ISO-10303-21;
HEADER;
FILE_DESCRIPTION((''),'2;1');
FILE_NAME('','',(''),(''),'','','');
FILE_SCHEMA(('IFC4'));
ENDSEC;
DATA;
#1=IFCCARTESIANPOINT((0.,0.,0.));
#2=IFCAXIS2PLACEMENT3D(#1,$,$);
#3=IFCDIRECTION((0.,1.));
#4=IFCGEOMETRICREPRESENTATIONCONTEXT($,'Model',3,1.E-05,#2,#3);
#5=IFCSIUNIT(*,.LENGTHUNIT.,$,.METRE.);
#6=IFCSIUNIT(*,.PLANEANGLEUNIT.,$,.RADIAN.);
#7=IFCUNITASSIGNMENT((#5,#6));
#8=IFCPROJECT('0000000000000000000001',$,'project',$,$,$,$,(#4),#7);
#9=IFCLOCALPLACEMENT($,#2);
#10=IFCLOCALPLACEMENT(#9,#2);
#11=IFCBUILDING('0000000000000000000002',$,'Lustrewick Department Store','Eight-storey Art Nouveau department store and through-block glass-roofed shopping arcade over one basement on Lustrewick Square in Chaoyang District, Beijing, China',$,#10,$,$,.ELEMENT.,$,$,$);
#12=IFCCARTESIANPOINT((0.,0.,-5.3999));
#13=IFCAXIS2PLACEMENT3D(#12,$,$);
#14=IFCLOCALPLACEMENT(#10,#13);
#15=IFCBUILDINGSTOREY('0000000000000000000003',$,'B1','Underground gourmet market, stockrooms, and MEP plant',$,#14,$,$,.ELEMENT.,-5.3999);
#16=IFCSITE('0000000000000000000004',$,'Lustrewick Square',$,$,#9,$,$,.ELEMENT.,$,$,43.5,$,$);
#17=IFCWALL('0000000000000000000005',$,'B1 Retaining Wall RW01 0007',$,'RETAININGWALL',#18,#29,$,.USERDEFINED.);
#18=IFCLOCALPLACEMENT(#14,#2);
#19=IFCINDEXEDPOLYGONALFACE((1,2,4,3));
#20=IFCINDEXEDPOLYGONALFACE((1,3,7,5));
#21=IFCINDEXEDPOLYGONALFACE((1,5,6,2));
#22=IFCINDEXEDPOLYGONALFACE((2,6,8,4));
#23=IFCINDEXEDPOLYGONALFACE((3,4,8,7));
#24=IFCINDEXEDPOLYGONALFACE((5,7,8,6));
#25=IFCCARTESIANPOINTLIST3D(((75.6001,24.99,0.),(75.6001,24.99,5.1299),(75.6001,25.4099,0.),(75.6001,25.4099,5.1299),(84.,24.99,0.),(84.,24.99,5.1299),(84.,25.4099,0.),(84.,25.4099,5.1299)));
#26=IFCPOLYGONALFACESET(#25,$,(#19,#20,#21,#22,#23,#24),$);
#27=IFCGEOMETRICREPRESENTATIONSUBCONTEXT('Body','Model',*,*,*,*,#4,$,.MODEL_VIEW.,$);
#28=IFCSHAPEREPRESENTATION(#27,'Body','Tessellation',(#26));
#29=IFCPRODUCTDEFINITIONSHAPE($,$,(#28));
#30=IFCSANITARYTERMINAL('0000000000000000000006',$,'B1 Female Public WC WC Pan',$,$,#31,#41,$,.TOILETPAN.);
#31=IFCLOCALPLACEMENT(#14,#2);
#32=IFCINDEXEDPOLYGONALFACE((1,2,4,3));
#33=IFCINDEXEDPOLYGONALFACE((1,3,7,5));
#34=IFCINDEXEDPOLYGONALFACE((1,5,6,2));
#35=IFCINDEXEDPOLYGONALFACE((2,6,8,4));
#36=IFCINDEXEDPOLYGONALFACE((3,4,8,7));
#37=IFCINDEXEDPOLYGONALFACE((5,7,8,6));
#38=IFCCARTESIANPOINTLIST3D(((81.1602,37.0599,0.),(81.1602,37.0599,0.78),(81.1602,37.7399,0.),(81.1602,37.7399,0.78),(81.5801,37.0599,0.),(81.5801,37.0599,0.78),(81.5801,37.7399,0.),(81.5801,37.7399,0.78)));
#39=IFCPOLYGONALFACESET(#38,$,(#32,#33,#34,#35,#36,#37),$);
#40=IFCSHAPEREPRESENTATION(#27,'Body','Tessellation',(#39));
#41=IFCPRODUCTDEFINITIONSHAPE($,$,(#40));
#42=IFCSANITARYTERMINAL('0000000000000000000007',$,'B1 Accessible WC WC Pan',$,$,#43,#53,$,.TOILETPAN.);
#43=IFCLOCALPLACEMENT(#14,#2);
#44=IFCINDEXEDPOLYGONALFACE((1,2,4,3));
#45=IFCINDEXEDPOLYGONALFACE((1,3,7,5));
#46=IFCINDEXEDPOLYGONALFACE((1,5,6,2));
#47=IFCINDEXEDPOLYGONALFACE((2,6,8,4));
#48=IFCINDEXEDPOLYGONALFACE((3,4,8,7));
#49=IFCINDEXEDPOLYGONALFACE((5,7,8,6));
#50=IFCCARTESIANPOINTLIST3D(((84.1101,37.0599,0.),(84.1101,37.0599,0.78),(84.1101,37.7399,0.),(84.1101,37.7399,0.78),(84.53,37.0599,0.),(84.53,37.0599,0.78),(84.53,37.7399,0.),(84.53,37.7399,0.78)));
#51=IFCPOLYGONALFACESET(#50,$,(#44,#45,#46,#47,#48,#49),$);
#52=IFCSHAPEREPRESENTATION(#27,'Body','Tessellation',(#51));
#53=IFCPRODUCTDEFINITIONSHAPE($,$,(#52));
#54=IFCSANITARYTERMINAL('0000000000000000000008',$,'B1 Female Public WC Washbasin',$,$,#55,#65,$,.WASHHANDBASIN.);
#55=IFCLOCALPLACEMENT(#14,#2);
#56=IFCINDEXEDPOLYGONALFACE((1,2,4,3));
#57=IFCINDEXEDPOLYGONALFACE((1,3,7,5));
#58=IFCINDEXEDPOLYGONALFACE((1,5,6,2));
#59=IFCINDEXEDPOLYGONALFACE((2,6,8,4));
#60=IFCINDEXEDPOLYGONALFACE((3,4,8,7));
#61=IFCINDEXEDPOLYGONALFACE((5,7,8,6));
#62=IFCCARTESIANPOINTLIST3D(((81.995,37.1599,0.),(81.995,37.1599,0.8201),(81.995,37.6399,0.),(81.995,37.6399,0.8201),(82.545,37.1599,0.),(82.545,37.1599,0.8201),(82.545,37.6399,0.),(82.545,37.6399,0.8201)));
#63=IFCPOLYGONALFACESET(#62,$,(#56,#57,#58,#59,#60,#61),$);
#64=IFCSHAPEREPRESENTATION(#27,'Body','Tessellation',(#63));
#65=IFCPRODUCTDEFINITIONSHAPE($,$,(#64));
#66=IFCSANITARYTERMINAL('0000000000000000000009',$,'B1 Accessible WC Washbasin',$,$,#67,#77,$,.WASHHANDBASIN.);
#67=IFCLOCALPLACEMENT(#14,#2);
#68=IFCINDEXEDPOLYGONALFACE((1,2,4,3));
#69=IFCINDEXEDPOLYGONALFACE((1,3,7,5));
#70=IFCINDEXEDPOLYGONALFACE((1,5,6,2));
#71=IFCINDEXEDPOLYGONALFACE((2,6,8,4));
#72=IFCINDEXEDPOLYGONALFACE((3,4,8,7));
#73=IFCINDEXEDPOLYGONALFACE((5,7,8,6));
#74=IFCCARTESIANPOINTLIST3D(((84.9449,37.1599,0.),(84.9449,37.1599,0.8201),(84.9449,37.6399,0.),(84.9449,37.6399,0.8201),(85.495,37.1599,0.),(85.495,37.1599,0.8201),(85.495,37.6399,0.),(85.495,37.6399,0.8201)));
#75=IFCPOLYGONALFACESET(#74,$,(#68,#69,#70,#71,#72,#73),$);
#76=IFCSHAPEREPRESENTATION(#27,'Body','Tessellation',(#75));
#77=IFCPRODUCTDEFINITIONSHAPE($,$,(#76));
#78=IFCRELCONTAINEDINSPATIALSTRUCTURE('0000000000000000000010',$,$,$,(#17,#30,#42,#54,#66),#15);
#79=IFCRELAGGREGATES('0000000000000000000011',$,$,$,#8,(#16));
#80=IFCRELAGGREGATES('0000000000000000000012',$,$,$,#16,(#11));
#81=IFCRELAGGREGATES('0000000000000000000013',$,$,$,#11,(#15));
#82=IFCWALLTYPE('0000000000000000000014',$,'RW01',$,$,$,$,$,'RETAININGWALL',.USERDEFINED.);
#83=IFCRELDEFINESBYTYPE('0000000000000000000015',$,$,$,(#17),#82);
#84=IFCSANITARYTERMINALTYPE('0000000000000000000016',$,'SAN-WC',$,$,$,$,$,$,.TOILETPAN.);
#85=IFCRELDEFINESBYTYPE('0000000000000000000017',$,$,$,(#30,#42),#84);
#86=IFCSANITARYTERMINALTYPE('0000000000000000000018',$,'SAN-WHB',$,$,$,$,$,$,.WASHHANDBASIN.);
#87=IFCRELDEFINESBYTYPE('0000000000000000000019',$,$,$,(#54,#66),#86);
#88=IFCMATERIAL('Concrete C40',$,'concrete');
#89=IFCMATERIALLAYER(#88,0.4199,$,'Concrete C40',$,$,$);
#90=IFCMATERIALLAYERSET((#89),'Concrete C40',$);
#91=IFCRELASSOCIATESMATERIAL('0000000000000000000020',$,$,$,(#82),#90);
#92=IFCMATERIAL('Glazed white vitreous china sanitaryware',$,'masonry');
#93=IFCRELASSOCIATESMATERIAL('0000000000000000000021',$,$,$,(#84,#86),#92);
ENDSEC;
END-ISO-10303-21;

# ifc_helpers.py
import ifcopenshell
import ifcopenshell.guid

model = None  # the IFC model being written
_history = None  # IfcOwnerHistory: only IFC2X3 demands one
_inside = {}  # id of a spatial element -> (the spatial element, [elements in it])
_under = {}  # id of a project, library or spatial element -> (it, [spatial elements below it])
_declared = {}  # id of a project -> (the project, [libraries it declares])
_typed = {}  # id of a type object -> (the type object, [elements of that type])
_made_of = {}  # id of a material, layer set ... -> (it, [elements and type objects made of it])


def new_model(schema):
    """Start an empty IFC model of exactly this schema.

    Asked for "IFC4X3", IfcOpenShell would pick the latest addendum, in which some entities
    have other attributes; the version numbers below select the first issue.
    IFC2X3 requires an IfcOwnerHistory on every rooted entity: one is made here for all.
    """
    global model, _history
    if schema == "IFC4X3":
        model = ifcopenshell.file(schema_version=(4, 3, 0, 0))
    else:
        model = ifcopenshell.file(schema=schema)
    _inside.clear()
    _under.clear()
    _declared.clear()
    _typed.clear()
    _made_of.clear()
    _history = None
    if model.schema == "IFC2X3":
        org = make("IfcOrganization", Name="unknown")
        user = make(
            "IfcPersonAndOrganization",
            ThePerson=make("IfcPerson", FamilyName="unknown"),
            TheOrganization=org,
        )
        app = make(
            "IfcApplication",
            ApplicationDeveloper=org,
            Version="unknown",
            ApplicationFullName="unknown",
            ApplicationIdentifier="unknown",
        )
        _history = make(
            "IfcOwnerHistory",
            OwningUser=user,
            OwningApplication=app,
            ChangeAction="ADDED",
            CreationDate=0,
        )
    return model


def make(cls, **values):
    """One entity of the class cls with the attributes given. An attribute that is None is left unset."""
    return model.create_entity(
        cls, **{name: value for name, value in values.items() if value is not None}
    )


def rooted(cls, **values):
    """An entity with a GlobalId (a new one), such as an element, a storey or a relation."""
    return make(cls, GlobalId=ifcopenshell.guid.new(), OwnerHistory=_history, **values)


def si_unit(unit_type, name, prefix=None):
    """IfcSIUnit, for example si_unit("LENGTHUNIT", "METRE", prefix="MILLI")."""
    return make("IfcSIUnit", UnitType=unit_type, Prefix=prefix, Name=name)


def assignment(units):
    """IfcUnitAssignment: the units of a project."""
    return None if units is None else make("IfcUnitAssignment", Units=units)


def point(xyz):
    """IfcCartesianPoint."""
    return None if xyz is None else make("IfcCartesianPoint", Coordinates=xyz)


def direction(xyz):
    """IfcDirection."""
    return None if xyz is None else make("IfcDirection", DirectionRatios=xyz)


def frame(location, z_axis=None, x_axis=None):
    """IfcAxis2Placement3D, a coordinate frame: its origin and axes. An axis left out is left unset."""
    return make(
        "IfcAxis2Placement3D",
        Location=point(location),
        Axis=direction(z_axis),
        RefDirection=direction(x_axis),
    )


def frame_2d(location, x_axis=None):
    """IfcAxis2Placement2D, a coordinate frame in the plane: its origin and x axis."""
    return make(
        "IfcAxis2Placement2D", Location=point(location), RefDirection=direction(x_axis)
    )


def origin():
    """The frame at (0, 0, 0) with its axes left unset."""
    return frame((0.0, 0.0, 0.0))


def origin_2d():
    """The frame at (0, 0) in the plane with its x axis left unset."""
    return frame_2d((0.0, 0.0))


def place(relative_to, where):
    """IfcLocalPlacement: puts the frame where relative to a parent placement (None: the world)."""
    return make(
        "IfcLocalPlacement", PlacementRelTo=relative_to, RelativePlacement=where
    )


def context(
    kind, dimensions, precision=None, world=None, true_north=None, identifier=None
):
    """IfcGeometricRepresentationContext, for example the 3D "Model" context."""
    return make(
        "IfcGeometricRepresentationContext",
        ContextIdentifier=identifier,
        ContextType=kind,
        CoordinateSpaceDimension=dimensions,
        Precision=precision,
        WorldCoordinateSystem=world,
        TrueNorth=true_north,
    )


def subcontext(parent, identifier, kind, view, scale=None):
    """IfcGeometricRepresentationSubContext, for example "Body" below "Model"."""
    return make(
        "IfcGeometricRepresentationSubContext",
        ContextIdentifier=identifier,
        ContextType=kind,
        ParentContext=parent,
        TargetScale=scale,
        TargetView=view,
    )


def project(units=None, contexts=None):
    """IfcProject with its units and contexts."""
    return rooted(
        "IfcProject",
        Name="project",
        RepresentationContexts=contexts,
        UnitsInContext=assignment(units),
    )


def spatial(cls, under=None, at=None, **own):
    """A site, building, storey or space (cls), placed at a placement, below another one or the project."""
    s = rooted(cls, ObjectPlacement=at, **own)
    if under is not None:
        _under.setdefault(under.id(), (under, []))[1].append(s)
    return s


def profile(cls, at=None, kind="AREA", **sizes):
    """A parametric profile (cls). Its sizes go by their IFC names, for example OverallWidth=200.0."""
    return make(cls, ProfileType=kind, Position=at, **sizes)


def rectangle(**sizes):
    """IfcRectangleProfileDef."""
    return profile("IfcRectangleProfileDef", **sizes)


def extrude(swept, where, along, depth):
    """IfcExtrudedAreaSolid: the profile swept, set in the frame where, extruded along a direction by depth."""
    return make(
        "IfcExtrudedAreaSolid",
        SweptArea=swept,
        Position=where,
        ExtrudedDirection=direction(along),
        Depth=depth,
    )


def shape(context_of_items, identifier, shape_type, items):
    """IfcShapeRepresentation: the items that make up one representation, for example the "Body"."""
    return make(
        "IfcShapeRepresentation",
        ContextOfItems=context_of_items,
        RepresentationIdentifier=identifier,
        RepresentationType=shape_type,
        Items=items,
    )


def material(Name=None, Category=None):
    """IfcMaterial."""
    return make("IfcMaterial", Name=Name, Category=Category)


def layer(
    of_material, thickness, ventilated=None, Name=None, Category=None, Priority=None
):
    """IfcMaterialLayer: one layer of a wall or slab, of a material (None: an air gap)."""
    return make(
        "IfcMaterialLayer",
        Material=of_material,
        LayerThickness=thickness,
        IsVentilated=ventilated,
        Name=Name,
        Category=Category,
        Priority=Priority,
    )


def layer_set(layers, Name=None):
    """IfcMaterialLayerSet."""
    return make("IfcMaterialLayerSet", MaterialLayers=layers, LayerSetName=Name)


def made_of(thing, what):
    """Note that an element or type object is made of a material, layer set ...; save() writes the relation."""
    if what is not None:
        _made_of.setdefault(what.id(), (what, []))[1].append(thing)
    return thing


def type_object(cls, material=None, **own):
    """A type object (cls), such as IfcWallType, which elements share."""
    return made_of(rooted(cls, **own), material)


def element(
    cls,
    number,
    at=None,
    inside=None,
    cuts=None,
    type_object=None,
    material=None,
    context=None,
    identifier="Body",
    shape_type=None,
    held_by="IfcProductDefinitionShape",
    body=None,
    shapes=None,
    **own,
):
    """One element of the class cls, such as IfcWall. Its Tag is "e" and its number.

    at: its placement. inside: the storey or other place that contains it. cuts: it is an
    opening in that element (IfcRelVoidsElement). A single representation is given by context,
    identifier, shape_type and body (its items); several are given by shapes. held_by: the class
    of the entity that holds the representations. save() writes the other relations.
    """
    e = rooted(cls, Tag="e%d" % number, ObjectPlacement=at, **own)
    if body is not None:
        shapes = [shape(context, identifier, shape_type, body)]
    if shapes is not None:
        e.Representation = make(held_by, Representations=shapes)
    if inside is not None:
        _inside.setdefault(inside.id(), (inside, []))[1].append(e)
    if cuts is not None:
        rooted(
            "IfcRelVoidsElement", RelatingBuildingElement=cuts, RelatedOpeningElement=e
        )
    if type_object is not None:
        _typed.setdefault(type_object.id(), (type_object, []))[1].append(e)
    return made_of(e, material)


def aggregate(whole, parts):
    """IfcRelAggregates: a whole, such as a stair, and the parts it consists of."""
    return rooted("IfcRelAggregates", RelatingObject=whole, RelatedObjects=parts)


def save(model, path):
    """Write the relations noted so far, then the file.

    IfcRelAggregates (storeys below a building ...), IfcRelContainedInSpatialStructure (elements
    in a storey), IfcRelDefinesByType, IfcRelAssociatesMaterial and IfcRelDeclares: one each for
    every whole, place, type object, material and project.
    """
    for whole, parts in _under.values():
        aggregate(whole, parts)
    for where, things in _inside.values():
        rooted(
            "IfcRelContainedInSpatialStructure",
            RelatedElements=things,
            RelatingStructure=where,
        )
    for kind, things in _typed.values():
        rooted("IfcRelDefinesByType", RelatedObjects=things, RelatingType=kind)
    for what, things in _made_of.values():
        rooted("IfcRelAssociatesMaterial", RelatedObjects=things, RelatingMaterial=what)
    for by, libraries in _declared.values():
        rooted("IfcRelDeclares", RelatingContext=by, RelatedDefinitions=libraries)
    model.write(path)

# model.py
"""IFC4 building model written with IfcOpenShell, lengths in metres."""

from ifc_helpers import new_model, si_unit, direction, frame, frame_2d, origin, origin_2d, place, context, subcontext, project, spatial, rectangle, extrude, material, layer, layer_set, type_object, element, save


model = new_model("IFC4")

# Units and contexts
model_context = context("Model", 3, precision=1e-05, world=origin(), true_north=direction((0.0, 1.0)))
body_context = subcontext(model_context, "Body", "Model", "MODEL_VIEW")
ifc_project = project(units=[si_unit("LENGTHUNIT", "METRE"), si_unit("PLANEANGLEUNIT", "RADIAN")], contexts=[model_context])

# Site, building, storey
site_placement = place(None, origin())
site = spatial("IfcSite", under=ifc_project, at=site_placement, Name="Lustrewick Square", CompositionType="ELEMENT", RefElevation=43.5)
building_placement = place(site_placement, origin())
building = spatial("IfcBuilding", under=site, at=building_placement, Name="Lustrewick Department Store", Description="Eight-storey Art Nouveau department store and through-block glass-roofed shopping arcade over one basement on Lustrewick Square in Chaoyang District, Beijing, China", CompositionType="ELEMENT")
storey_placement = place(building_placement, frame((0.0, 0.0, -5.3999)))
storey = spatial("IfcBuildingStorey", under=building, at=storey_placement, Name="B1", Description="Underground gourmet market, stockrooms, and MEP plant", CompositionType="ELEMENT", Elevation=-5.3999)

# Shared definitions
ifc_material_1 = material(Name="Concrete C40", Category="concrete")

# Wall
ifc_layer_1 = layer(ifc_material_1, 0.4199, Name="Concrete C40")
ifc_layer_set_1 = layer_set([ifc_layer_1], Name="Concrete C40")
wall_type_1 = type_object("IfcWallType", Name="RW01", ElementType="RETAININGWALL", PredefinedType="USERDEFINED", material=ifc_layer_set_1)
wall_placement = place(storey_placement, frame((84.0, 25.2, 0.0), z_axis=(0.0, 0.0, 1.0), x_axis=(-1.0, 0.0, 0.0)))
element("IfcWall", 1, at=wall_placement, inside=storey, type_object=wall_type_1, Name="B1 Retaining Wall RW01 0007", ObjectType="RETAININGWALL", PredefinedType="USERDEFINED", context=body_context, shape_type="SweptSolid", body=[
    extrude(rectangle(XDim=8.3999, YDim=0.4199, at=frame_2d((4.2, 0.0))), origin(), (0.0, 0.0, 1.0), 5.1299),
])

# Sanitary terminals
ifc_material_2 = material(Name="Glazed white vitreous china sanitaryware", Category="masonry")
sanitary_terminal_type_1 = type_object("IfcSanitaryTerminalType", Name="SAN-WC", PredefinedType="TOILETPAN", material=ifc_material_2)
for number, where, z_axis, x_axis, name in (
    (2, (81.3701, 37.3999, 0.0), (0.0, 0.0, 1.0), (1.0, 0.0, 0.0), "B1 Female Public WC WC Pan"),
    (3, (84.3201, 37.3999, 0.0), (0.0, 0.0, 1.0), (1.0, 0.0, 0.0), "B1 Accessible WC WC Pan"),
):
    element("IfcSanitaryTerminal", number, at=place(storey_placement, frame(where, z_axis=z_axis, x_axis=x_axis)), inside=storey, type_object=sanitary_terminal_type_1, Name=name, PredefinedType="TOILETPAN", context=body_context, shape_type="SweptSolid", body=[
        extrude(rectangle(XDim=0.4199, YDim=0.6799, at=origin_2d()), origin(), (0.0, 0.0, 1.0), 0.78),
    ])
sanitary_terminal_type_2 = type_object("IfcSanitaryTerminalType", Name="SAN-WHB", PredefinedType="WASHHANDBASIN", material=ifc_material_2)
for number, where, z_axis, x_axis, name in (
    (4, (82.27, 37.3999, 0.0), (0.0, 0.0, 1.0), (1.0, 0.0, 0.0), "B1 Female Public WC Washbasin"),
    (5, (85.22, 37.3999, 0.0), (0.0, 0.0, 1.0), (1.0, 0.0, 0.0), "B1 Accessible WC Washbasin"),
):
    element("IfcSanitaryTerminal", number, at=place(storey_placement, frame(where, z_axis=z_axis, x_axis=x_axis)), inside=storey, type_object=sanitary_terminal_type_2, Name=name, PredefinedType="WASHHANDBASIN", context=body_context, shape_type="SweptSolid", body=[
        extrude(rectangle(XDim=0.55, YDim=0.48, at=origin_2d()), origin(), (0.0, 0.0, 1.0), 0.8201),
    ])

save(model, "model.ifc")
